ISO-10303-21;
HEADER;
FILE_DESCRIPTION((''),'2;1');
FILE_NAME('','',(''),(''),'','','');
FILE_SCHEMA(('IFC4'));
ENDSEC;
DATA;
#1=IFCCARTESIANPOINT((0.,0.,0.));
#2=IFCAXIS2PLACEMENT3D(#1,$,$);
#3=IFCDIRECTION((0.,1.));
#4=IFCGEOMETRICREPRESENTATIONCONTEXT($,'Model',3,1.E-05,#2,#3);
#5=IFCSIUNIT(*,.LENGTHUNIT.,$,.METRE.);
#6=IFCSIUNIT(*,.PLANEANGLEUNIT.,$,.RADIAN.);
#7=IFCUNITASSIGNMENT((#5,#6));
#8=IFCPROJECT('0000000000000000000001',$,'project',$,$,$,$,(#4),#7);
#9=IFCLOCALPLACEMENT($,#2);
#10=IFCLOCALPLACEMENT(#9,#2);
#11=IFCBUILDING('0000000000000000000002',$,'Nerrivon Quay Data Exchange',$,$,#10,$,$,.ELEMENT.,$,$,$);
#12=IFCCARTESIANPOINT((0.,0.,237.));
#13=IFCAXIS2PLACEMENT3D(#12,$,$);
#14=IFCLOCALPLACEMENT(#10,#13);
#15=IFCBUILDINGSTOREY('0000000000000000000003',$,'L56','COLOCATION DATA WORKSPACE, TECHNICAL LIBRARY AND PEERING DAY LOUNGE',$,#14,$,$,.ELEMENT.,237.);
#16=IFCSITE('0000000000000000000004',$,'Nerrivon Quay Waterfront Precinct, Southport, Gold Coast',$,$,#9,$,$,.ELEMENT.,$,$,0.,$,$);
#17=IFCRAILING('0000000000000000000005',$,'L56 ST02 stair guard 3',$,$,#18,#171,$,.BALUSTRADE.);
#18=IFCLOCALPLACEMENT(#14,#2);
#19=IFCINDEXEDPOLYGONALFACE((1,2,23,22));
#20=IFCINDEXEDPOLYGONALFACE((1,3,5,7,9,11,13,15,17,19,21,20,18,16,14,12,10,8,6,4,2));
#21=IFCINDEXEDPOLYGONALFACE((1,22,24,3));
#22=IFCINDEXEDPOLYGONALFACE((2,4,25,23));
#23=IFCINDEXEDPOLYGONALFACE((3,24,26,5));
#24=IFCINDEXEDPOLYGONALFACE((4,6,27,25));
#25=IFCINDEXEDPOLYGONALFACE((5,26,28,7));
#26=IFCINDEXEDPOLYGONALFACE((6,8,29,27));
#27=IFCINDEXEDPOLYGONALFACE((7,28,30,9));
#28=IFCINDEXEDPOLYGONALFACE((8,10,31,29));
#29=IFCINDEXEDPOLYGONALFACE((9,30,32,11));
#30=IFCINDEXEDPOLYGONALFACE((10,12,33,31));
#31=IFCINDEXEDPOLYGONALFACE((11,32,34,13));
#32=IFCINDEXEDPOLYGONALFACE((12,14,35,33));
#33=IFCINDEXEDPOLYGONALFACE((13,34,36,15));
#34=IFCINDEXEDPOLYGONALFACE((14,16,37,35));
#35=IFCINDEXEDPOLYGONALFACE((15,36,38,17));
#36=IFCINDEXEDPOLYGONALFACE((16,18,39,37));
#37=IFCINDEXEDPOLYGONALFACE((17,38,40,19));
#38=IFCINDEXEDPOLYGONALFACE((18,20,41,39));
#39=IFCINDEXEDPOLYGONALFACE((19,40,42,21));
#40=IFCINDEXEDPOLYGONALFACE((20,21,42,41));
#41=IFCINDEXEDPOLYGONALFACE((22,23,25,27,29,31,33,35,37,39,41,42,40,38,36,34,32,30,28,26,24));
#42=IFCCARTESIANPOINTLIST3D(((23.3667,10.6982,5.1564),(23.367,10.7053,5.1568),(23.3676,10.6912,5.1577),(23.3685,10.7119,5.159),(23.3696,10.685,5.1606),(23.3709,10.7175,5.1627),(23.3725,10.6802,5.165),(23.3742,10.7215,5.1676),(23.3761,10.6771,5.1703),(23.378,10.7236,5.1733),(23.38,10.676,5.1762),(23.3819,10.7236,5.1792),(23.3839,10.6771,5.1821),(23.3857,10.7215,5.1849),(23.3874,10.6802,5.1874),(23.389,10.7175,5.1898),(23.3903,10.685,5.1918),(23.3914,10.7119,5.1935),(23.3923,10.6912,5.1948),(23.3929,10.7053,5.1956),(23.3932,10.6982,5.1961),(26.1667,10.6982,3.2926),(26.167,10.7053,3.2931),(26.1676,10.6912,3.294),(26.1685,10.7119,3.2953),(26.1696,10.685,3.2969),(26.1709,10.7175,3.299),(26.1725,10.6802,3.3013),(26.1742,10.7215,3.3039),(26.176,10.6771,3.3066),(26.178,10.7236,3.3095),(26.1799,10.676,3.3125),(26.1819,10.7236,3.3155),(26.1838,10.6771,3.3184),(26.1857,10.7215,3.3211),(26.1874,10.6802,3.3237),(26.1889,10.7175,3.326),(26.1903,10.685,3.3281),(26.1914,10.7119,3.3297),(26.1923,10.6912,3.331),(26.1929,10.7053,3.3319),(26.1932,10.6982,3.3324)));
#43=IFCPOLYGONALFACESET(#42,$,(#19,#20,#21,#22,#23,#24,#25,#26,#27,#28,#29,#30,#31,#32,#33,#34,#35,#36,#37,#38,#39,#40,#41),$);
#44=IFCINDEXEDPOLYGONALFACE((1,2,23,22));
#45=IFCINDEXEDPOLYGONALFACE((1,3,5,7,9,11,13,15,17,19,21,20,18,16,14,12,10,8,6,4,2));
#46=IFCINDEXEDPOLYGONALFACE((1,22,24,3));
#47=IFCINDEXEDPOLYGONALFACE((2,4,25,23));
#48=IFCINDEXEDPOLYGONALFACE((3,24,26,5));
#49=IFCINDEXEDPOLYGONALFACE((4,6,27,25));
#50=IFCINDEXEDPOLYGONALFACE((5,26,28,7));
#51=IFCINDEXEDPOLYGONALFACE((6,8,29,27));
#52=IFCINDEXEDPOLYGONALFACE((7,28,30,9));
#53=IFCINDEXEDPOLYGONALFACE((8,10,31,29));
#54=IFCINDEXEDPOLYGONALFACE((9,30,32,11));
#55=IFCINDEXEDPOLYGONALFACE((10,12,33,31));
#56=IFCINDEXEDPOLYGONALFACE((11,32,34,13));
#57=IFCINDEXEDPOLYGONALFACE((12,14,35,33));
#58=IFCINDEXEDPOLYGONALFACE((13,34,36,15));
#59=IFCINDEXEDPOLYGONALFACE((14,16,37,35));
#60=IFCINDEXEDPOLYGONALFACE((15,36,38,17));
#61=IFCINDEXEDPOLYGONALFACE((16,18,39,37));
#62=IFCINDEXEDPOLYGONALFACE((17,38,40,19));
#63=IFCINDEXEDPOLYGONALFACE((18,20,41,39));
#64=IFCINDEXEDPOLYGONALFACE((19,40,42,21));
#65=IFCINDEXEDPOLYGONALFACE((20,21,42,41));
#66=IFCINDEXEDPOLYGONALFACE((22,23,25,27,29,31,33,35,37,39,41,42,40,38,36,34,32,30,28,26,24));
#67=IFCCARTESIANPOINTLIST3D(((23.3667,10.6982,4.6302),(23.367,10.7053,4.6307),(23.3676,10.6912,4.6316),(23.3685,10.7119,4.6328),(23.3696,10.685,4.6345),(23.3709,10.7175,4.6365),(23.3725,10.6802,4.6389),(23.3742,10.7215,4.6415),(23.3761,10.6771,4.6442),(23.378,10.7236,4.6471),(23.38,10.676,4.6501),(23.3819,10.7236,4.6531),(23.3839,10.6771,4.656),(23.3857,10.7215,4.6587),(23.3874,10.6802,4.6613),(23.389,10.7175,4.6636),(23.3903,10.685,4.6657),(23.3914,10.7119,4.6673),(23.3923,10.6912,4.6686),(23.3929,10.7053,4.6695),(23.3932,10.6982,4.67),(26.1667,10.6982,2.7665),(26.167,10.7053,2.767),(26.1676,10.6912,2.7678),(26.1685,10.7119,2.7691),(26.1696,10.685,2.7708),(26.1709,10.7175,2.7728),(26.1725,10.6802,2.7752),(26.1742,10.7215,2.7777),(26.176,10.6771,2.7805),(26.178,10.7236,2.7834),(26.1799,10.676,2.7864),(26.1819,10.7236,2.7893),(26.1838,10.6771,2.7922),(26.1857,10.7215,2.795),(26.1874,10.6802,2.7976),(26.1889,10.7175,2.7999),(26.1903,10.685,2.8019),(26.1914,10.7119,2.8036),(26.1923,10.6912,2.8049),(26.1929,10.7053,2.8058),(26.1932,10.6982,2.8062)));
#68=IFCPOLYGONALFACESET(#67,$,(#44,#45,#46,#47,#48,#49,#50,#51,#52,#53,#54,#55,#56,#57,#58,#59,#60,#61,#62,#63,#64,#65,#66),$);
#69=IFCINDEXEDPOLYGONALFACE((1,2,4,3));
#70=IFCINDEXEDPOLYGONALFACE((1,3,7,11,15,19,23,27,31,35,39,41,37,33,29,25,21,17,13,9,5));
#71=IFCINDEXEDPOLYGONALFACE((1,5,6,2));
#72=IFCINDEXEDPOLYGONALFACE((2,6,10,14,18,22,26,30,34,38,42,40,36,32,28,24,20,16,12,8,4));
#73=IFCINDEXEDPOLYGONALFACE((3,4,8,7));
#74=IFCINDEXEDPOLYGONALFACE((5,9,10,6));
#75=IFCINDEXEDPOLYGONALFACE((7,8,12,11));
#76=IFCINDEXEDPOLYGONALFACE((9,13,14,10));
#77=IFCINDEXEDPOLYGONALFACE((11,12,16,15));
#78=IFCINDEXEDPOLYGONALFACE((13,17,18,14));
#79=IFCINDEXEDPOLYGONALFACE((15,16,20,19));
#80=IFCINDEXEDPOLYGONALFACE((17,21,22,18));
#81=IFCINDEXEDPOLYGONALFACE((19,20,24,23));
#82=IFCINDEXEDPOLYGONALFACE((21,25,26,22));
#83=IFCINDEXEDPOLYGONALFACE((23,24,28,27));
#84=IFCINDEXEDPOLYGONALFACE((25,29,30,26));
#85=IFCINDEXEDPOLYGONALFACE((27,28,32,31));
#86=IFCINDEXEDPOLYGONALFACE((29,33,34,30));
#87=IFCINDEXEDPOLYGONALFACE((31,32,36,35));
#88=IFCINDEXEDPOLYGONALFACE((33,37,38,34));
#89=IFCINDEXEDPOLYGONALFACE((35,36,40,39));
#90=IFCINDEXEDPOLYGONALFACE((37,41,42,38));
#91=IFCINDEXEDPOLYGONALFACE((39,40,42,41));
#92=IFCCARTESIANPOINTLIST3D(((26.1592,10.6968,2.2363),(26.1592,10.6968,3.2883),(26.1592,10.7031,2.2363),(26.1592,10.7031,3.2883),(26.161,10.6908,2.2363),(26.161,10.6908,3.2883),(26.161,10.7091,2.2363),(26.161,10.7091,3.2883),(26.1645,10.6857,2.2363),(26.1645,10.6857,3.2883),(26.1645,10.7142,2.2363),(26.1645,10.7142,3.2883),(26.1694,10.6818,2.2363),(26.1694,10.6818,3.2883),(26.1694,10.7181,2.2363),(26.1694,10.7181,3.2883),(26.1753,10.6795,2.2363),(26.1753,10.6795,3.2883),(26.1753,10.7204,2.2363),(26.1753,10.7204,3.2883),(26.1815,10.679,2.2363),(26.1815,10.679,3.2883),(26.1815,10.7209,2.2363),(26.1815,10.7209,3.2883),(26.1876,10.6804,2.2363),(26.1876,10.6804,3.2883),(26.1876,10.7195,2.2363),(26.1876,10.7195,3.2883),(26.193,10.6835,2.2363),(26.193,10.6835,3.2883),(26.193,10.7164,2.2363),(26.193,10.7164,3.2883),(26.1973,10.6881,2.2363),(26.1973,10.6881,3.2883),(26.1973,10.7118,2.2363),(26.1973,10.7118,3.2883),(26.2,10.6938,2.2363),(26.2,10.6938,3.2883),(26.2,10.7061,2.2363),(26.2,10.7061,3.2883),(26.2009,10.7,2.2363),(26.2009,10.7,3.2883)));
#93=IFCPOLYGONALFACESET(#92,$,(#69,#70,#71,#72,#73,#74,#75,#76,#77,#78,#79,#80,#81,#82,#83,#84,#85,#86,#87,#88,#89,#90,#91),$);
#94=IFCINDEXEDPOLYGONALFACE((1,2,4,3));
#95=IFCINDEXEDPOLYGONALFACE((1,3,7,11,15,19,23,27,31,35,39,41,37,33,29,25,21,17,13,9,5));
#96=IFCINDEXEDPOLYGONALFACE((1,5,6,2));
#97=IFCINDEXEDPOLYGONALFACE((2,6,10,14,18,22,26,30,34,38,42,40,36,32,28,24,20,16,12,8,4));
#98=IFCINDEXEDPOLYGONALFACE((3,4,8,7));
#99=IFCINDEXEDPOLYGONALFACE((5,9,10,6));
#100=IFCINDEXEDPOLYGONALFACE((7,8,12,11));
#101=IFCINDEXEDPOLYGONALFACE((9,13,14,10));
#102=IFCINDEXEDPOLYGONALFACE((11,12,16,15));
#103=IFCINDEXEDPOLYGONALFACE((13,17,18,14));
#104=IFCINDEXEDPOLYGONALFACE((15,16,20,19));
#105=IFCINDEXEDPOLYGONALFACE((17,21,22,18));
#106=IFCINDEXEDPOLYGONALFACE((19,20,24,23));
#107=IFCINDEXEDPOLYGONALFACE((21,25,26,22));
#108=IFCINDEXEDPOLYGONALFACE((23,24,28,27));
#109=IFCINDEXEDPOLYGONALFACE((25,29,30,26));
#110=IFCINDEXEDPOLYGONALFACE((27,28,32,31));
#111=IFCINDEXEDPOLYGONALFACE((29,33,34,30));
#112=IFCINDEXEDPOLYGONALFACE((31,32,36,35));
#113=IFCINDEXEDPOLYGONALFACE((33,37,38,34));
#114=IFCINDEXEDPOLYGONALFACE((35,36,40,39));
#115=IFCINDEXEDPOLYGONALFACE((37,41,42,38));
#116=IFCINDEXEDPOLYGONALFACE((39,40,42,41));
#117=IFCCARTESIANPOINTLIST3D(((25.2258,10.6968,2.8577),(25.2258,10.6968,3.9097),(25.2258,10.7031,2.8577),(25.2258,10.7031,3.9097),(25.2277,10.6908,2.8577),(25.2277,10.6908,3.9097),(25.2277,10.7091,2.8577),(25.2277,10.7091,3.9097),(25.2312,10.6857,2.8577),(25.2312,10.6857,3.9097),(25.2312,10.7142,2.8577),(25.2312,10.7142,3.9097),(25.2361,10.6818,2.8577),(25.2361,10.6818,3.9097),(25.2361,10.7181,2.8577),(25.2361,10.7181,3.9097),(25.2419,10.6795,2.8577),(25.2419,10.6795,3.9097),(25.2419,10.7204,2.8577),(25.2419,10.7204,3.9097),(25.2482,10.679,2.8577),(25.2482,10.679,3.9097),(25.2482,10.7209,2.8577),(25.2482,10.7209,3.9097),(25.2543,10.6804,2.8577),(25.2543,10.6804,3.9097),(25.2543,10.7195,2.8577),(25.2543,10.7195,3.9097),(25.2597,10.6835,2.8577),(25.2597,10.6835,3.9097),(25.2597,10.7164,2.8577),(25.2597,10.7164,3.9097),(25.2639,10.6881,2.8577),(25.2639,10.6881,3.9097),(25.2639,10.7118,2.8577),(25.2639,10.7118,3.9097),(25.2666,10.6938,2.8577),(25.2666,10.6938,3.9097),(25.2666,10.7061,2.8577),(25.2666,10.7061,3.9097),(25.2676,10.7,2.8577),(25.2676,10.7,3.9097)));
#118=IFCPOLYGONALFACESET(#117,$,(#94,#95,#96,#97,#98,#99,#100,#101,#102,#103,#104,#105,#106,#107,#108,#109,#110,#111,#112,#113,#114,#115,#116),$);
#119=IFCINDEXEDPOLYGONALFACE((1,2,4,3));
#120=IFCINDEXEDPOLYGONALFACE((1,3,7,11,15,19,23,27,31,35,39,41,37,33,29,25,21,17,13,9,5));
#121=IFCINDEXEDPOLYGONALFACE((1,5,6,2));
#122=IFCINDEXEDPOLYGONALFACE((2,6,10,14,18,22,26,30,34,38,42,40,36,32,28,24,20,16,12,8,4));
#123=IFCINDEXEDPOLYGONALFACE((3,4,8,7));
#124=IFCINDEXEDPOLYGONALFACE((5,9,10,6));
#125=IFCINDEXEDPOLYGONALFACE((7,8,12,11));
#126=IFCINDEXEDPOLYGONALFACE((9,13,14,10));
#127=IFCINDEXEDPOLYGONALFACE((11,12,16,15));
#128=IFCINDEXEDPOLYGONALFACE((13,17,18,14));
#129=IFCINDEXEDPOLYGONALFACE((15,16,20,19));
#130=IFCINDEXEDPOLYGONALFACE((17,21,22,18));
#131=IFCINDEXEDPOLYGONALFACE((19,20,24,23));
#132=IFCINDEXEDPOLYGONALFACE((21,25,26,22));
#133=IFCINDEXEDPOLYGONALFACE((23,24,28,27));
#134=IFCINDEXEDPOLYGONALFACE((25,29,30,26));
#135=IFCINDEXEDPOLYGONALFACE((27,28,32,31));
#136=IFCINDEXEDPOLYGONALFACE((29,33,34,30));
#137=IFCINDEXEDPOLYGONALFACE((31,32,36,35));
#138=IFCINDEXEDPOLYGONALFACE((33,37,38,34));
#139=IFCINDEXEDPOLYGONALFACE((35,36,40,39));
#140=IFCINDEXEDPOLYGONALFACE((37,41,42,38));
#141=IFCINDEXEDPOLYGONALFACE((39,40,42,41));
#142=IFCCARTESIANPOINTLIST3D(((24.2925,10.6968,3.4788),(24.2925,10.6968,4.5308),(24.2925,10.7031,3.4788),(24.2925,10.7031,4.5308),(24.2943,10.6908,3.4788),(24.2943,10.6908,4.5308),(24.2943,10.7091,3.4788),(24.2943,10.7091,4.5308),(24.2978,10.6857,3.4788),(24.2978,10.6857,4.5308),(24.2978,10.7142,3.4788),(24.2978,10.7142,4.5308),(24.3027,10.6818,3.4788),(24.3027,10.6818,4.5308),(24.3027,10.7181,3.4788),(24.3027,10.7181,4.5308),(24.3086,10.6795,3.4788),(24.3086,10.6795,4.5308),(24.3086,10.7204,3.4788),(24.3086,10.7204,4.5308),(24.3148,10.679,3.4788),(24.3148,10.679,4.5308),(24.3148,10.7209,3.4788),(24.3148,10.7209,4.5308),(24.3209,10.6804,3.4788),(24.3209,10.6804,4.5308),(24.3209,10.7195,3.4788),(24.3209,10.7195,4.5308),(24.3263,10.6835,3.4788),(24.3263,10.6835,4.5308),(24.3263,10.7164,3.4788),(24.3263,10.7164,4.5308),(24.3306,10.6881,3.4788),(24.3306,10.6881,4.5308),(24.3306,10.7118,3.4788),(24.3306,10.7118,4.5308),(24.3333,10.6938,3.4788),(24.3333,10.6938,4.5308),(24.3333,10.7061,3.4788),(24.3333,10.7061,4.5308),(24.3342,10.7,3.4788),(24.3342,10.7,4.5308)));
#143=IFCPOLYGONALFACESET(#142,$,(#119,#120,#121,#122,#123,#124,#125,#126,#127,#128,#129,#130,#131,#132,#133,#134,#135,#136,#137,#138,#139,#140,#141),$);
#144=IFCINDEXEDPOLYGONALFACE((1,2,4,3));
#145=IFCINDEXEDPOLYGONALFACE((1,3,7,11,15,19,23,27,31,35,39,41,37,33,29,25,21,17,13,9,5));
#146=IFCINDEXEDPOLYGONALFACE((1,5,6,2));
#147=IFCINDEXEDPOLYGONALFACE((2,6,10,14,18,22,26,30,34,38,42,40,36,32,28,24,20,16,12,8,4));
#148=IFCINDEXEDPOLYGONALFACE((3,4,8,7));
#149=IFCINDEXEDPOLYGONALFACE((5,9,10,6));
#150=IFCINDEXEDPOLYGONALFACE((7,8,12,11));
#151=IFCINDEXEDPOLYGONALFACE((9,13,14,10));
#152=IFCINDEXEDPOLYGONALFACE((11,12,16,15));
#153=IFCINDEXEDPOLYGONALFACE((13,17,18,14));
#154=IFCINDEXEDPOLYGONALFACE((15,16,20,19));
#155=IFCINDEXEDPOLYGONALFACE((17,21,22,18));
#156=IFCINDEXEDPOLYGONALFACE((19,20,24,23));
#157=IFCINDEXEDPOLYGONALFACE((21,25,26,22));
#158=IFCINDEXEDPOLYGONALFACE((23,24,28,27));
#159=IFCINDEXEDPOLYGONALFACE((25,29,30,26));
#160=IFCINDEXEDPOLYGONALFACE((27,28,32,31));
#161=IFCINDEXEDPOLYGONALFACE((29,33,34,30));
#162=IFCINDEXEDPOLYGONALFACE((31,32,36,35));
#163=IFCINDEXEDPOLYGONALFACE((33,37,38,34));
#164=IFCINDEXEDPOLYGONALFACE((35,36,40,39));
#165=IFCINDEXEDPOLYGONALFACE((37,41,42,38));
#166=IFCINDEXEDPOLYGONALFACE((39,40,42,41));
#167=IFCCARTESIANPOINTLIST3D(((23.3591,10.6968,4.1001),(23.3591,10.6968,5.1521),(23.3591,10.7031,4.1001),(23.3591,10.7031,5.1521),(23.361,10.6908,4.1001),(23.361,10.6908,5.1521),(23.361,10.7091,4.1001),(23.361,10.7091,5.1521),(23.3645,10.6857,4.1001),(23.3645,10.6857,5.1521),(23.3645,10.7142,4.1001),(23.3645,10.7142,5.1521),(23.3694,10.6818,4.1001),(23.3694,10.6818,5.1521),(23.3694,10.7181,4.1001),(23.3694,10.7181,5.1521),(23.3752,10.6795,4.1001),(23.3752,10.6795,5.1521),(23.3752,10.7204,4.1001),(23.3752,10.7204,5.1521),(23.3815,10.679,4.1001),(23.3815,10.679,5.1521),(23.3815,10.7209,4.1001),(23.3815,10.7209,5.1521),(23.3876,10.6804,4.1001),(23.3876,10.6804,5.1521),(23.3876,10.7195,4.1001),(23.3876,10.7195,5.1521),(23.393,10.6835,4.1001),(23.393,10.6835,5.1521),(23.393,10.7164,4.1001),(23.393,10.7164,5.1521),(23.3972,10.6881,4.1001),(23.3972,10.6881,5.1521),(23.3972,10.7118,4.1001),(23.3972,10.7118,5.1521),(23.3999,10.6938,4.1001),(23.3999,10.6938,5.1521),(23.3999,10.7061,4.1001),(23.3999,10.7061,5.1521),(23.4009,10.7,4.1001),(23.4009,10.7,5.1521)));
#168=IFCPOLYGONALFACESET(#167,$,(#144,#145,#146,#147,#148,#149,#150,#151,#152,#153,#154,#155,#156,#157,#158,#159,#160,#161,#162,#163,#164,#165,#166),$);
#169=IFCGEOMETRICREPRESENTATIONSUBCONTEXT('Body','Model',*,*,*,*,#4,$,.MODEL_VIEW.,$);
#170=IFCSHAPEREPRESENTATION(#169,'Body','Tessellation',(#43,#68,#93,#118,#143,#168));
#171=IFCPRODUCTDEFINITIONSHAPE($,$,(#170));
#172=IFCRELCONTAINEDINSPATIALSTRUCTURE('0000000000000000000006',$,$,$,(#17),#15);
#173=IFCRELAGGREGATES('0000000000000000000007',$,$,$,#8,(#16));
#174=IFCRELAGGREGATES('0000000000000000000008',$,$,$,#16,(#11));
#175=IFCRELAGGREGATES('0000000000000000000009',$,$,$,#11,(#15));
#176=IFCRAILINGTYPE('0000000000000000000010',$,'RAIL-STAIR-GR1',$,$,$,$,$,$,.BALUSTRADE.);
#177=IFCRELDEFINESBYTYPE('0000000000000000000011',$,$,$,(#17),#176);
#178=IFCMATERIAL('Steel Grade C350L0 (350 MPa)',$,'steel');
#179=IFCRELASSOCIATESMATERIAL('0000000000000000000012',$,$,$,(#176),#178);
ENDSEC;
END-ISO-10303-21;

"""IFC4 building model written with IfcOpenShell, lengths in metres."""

from ifc_helpers import new_model, si_unit, direction, frame, origin, origin_2d, place, context, subcontext, project, spatial, circle, extrude, material, type_object, element, save


model = new_model("IFC4")

# Units and contexts
model_context = context("Model", 3, precision=1e-05, world=origin(), true_north=direction((0.0, 1.0)))
body_context = subcontext(model_context, "Body", "Model", "MODEL_VIEW")
ifc_project = project(units=[si_unit("LENGTHUNIT", "METRE"), si_unit("PLANEANGLEUNIT", "RADIAN")], contexts=[model_context])

# Site, building, storey
site_placement = place(None, origin())
site = spatial("IfcSite", under=ifc_project, at=site_placement, Name="Nerrivon Quay Waterfront Precinct, Southport, Gold Coast", CompositionType="ELEMENT", RefElevation=0.0)
building_placement = place(site_placement, origin())
building = spatial("IfcBuilding", under=site, at=building_placement, Name="Nerrivon Quay Data Exchange", CompositionType="ELEMENT")
storey_placement = place(building_placement, frame((0.0, 0.0, 237.0)))
storey = spatial("IfcBuildingStorey", under=building, at=storey_placement, Name="L56", Description="COLOCATION DATA WORKSPACE, TECHNICAL LIBRARY AND PEERING DAY LOUNGE", CompositionType="ELEMENT", Elevation=237.0)

# Railing
ifc_material_1 = material(Name="Steel Grade C350L0 (350 MPa)", Category="steel")
railing_type_1 = type_object("IfcRailingType", Name="RAIL-STAIR-GR1", PredefinedType="BALUSTRADE", material=ifc_material_1)
railing_1_placement = place(storey_placement, frame((26.1799, 10.7, 2.2363)))
element("IfcRailing", 1, at=railing_1_placement, inside=storey, type_object=railing_type_1, Name="L56 ST02 stair guard 3", PredefinedType="BALUSTRADE", context=body_context, shape_type="SweptSolid", body=[
    extrude(circle(Radius=0.0239, at=origin_2d()), frame((0.0, 0.0, 1.0762), z_axis=(-0.832452, 0.0, 0.554097), x_axis=(0.0, -1.0, 0.0)), (0.0, 0.0, 1.0), 3.3635),
    extrude(circle(Radius=0.0239, at=origin_2d()), frame((0.0, 0.0, 0.55), z_axis=(-0.832452, 0.0, 0.554097), x_axis=(0.0, -1.0, 0.0)), (0.0, 0.0, 1.0), 3.3635),
    extrude(circle(Radius=0.021, at=origin_2d()), origin(), (0.0, 0.0, 1.0), 1.052),
    extrude(circle(Radius=0.021, at=origin_2d()), frame((-0.9333, 0.0, 0.6213)), (0.0, 0.0, 1.0), 1.052),
    extrude(circle(Radius=0.021, at=origin_2d()), frame((-1.8667, 0.0, 1.2424)), (0.0, 0.0, 1.0), 1.052),
    extrude(circle(Radius=0.021, at=origin_2d()), frame((-2.8, 0.0, 1.8638)), (0.0, 0.0, 1.0), 1.052),
])

save(model, "model.ifc")
